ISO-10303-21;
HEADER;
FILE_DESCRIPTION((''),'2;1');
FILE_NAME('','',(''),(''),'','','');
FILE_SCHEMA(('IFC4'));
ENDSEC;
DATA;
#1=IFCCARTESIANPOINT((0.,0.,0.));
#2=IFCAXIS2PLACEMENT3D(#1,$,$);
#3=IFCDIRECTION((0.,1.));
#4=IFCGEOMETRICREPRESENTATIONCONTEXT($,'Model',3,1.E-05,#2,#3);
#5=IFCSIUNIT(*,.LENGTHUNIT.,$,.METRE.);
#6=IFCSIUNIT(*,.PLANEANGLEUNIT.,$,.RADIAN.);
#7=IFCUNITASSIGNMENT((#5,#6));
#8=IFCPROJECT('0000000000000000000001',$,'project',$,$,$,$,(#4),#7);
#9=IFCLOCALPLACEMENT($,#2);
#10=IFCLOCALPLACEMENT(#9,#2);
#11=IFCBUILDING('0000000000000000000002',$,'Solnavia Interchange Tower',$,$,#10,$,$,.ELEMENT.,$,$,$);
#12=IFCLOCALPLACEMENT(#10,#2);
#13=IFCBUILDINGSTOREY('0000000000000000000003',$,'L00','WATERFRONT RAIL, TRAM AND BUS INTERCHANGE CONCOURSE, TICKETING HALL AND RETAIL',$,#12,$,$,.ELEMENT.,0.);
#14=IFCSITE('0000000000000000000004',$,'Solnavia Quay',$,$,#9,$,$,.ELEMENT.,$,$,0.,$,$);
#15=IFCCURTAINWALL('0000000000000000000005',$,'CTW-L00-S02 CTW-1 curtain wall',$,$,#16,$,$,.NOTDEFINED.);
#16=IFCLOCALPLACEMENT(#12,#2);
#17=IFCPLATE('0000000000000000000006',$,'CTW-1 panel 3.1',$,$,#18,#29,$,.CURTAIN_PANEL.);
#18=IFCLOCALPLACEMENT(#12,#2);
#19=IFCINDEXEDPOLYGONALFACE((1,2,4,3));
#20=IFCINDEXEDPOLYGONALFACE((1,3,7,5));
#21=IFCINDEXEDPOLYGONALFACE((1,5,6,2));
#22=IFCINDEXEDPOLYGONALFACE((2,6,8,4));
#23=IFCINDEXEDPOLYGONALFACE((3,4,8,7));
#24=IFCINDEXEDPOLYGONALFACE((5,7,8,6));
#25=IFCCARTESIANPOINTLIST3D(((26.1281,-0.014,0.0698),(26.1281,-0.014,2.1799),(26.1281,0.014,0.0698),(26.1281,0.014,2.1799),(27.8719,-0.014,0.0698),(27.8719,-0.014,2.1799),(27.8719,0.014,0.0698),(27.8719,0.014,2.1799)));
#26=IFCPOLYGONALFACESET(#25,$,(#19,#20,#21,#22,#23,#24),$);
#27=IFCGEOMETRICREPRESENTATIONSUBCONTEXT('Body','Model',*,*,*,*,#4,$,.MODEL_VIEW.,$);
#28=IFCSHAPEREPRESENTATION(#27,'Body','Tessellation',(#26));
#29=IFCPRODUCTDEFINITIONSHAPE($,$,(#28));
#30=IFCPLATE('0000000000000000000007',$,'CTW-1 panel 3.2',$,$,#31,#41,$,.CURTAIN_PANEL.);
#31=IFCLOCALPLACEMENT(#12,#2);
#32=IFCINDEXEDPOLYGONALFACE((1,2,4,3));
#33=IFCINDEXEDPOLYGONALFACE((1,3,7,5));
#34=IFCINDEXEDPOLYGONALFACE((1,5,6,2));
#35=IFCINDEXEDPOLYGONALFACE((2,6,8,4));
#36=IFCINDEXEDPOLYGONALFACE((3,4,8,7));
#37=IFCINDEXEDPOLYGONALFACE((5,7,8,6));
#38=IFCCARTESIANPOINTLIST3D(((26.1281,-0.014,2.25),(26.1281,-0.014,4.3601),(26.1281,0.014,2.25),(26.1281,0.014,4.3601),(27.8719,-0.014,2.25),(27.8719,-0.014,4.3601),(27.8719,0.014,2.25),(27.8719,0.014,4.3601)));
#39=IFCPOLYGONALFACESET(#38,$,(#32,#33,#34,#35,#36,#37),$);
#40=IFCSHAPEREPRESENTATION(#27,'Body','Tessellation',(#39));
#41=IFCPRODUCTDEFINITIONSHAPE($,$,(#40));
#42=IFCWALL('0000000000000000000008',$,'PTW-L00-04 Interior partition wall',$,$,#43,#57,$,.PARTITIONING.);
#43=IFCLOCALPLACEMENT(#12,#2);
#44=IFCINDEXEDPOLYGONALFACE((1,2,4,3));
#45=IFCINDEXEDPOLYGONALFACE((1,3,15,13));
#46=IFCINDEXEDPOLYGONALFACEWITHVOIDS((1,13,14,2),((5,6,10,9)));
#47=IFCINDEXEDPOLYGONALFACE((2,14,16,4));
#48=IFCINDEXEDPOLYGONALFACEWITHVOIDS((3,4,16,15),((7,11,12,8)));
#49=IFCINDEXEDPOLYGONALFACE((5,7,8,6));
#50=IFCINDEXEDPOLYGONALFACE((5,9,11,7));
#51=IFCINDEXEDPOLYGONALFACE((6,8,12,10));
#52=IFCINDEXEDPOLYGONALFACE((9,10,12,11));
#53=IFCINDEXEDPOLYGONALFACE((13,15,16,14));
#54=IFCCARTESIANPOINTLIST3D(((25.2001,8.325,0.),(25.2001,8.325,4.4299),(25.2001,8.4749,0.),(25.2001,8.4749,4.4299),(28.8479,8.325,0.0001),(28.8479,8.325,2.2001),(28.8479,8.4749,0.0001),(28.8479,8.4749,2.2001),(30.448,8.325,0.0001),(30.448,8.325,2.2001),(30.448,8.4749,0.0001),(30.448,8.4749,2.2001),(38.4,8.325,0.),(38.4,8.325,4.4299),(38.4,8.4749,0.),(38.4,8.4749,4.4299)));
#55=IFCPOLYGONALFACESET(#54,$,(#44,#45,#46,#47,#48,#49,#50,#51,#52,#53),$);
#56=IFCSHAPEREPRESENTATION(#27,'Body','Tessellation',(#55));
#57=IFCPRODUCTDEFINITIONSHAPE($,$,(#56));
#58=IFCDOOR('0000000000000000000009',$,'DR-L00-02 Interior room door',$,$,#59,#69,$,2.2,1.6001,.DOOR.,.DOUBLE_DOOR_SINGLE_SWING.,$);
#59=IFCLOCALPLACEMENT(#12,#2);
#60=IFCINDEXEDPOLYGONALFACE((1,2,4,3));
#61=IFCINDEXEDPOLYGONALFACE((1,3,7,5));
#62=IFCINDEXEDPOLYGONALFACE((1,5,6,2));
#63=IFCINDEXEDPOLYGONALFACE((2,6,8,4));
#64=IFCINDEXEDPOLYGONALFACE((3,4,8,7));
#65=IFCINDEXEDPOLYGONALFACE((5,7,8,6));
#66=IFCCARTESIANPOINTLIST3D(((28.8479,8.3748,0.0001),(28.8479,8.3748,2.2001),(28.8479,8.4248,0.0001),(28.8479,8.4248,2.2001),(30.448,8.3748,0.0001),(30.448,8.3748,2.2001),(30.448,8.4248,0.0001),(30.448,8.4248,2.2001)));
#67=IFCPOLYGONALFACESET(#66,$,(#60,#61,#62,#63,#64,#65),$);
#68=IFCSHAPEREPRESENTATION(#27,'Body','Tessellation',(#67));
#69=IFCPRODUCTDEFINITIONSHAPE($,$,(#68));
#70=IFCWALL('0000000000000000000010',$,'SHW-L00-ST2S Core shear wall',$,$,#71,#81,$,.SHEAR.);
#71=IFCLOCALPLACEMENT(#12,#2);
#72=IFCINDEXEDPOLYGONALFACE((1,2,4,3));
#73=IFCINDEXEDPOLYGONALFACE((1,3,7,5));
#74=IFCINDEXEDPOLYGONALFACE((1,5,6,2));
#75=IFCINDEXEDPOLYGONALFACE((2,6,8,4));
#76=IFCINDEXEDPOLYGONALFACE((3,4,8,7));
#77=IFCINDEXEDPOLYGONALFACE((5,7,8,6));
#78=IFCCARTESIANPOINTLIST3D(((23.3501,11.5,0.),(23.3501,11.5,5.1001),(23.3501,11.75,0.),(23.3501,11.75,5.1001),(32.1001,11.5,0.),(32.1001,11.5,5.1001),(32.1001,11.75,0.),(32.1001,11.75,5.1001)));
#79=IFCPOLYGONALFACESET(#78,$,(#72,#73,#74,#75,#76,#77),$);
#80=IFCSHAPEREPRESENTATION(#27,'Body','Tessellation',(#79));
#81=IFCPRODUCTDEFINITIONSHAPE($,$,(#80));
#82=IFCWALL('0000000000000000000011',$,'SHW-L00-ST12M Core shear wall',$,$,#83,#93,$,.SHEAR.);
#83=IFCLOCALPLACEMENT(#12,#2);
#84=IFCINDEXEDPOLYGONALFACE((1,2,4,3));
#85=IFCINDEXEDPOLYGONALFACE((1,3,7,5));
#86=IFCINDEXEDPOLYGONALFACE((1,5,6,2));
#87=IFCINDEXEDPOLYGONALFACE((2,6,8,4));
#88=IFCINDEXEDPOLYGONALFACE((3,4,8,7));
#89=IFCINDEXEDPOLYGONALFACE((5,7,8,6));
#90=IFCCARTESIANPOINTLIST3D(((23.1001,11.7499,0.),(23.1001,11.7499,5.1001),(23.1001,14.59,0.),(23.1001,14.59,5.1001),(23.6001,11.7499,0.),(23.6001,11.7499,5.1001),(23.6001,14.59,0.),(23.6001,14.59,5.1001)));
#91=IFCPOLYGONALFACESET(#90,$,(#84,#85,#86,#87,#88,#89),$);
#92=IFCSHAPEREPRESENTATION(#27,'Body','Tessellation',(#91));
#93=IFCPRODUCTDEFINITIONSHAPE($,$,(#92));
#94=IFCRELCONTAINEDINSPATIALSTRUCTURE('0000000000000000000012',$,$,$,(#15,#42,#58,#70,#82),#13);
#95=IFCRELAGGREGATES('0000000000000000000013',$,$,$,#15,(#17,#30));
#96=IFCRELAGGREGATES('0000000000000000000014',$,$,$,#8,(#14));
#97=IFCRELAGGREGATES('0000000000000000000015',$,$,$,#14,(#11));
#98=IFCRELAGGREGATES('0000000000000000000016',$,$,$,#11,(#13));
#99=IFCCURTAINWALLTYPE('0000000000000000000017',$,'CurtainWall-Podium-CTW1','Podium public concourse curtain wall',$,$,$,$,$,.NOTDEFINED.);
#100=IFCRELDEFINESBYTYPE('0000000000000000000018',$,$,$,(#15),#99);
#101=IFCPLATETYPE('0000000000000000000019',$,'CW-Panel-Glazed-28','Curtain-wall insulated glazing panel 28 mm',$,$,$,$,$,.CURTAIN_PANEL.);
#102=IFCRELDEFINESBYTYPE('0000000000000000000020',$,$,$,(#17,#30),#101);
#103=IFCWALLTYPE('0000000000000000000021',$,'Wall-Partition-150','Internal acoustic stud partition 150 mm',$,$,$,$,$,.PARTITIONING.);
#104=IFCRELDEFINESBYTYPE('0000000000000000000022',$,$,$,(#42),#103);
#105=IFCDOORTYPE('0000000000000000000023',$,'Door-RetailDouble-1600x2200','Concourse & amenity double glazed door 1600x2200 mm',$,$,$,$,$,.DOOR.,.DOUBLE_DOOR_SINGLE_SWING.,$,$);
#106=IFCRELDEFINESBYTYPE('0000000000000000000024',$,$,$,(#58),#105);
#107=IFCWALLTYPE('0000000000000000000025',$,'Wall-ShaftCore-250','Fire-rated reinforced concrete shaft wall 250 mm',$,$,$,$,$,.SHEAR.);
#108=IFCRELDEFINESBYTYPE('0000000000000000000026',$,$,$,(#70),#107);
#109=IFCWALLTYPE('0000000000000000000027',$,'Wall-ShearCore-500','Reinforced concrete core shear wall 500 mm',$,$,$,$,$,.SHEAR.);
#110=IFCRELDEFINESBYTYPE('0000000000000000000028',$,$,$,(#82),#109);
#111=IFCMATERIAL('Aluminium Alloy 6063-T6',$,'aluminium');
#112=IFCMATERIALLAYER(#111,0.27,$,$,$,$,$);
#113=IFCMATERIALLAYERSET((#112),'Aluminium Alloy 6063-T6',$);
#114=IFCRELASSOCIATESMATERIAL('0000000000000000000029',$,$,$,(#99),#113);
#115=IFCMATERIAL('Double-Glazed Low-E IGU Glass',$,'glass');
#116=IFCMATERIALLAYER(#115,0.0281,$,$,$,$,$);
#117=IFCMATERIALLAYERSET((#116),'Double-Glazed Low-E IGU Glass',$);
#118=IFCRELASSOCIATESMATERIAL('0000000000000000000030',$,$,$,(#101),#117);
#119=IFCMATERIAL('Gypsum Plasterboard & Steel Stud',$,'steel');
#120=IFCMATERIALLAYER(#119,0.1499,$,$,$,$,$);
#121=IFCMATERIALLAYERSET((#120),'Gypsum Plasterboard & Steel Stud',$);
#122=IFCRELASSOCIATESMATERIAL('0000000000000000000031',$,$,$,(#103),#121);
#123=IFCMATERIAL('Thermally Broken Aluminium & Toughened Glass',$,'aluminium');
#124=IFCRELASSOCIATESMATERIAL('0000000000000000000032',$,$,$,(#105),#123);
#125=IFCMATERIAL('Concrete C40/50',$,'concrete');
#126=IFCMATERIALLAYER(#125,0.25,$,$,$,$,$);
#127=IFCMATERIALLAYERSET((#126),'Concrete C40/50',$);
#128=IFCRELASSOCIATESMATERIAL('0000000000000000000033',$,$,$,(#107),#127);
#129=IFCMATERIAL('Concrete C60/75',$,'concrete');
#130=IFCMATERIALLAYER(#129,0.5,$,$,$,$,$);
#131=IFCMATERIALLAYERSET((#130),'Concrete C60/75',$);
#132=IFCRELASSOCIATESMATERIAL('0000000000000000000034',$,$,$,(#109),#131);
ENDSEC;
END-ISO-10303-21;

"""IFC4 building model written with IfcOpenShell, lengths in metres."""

from ifc_helpers import new_model, si_unit, direction, frame, frame_2d, origin, origin_2d, place, context, subcontext, project, spatial, rectangle, extrude, material, layer, layer_set, type_object, element, fill, aggregate, save


model = new_model("IFC4")

# Units and contexts
model_context = context("Model", 3, precision=1e-05, world=origin(), true_north=direction((0.0, 1.0)))
body_context = subcontext(model_context, "Body", "Model", "MODEL_VIEW")
ifc_project = project(units=[si_unit("LENGTHUNIT", "METRE"), si_unit("PLANEANGLEUNIT", "RADIAN")], contexts=[model_context])

# Site, building, storey
site_placement = place(None, origin())
site = spatial("IfcSite", under=ifc_project, at=site_placement, Name="Solnavia Quay", CompositionType="ELEMENT", RefElevation=0.0)
building_placement = place(site_placement, origin())
building = spatial("IfcBuilding", under=site, at=building_placement, Name="Solnavia Interchange Tower", CompositionType="ELEMENT")
storey_placement = place(building_placement, origin())
storey = spatial("IfcBuildingStorey", under=building, at=storey_placement, Name="L00", Description="WATERFRONT RAIL, TRAM AND BUS INTERCHANGE CONCOURSE, TICKETING HALL AND RETAIL", CompositionType="ELEMENT", Elevation=0.0)

# Shared definitions
ifc_material_1 = material(Name="Concrete C60/75", Category="concrete")

# Curtain wall, plates
ifc_material_2 = material(Name="Aluminium Alloy 6063-T6", Category="aluminium")
ifc_layer_1 = layer(ifc_material_2, 0.27)
ifc_layer_set_1 = layer_set([ifc_layer_1], Name="Aluminium Alloy 6063-T6")
curtain_wall_type = type_object("IfcCurtainWallType", Name="CurtainWall-Podium-CTW1", Description="Podium public concourse curtain wall", PredefinedType="NOTDEFINED", material=ifc_layer_set_1)
curtain_wall_placement = place(storey_placement, origin())
curtain_wall = element("IfcCurtainWall", 1, at=curtain_wall_placement, inside=storey, type_object=curtain_wall_type, Name="CTW-L00-S02 CTW-1 curtain wall", PredefinedType="NOTDEFINED")
ifc_material_3 = material(Name="Double-Glazed Low-E IGU Glass", Category="glass")
ifc_layer_2 = layer(ifc_material_3, 0.0281)
ifc_layer_set_2 = layer_set([ifc_layer_2], Name="Double-Glazed Low-E IGU Glass")
plate_type = type_object("IfcPlateType", Name="CW-Panel-Glazed-28", Description="Curtain-wall insulated glazing panel 28 mm", PredefinedType="CURTAIN_PANEL", material=ifc_layer_set_2)
plate_1_placement = place(storey_placement, frame((27.0, 0.0, 0.0698), z_axis=(0.0, 0.0, 1.0), x_axis=(-1.0, 0.0, 0.0)))
plate_1 = element("IfcPlate", 2, at=plate_1_placement, type_object=plate_type, Name="CTW-1 panel 3.1", PredefinedType="CURTAIN_PANEL", context=body_context, shape_type="SweptSolid", body=[
    extrude(rectangle(XDim=1.7439, YDim=0.0281, at=origin_2d()), origin(), (0.0, 0.0, 1.0), 2.1101),
])
plate_2_placement = place(storey_placement, frame((27.0, 0.0, 2.25), z_axis=(0.0, 0.0, 1.0), x_axis=(-1.0, 0.0, 0.0)))
plate_2 = element("IfcPlate", 3, at=plate_2_placement, type_object=plate_type, Name="CTW-1 panel 3.2", PredefinedType="CURTAIN_PANEL", context=body_context, shape_type="SweptSolid", body=[
    extrude(rectangle(XDim=1.7439, YDim=0.0281, at=origin_2d()), origin(), (0.0, 0.0, 1.0), 2.1101),
])
aggregate(curtain_wall, [plate_1, plate_2])

# Wall, opening, door
ifc_material_4 = material(Name="Gypsum Plasterboard & Steel Stud", Category="steel")
ifc_layer_3 = layer(ifc_material_4, 0.1499)
ifc_layer_set_3 = layer_set([ifc_layer_3], Name="Gypsum Plasterboard & Steel Stud")
wall_type_1 = type_object("IfcWallType", Name="Wall-Partition-150", Description="Internal acoustic stud partition 150 mm", PredefinedType="PARTITIONING", material=ifc_layer_set_3)
wall_1_placement = place(storey_placement, frame((25.2, 8.3999, 0.0), z_axis=(0.0, 0.0, 1.0), x_axis=(1.0, 0.0, 0.0)))
wall_1 = element("IfcWall", 4, at=wall_1_placement, inside=storey, type_object=wall_type_1, Name="PTW-L00-04 Interior partition wall", PredefinedType="PARTITIONING", context=body_context, shape_type="SweptSolid", body=[
    extrude(rectangle(XDim=13.2, YDim=0.1499, at=frame_2d((6.6001, 0.0))), origin(), (0.0, 0.0, 1.0), 4.4299),
])
opening_placement = place(wall_1_placement, frame((3.6479, 0.0, 0.0)))
opening = element("IfcOpeningElement", 5, at=opening_placement, cuts=wall_1, PredefinedType="OPENING", context=body_context, shape_type="SweptSolid", body=[
    extrude(rectangle(XDim=1.6001, YDim=2.2, at=frame_2d((0.8, 1.1001))), frame((0.0, 0.085, 0.0), z_axis=(0.0, -1.0, 0.0), x_axis=(1.0, 0.0, 0.0)), (0.0, 0.0, 1.0), 0.1699),
])
ifc_material_5 = material(Name="Thermally Broken Aluminium & Toughened Glass", Category="aluminium")
door_type = type_object("IfcDoorType", Name="Door-RetailDouble-1600x2200", Description="Concourse & amenity double glazed door 1600x2200 mm", OperationType="DOUBLE_DOOR_SINGLE_SWING", PredefinedType="DOOR", material=ifc_material_5)
door_placement = place(opening_placement, origin())
door = element("IfcDoor", 6, at=door_placement, inside=storey, type_object=door_type, Name="DR-L00-02 Interior room door", OperationType="DOUBLE_DOOR_SINGLE_SWING", OverallHeight=2.2, OverallWidth=1.6001, PredefinedType="DOOR", context=body_context, shape_type="SweptSolid", body=[
    extrude(rectangle(XDim=1.6001, YDim=2.2, at=frame_2d((0.8, 1.1001))), frame((0.0, 0.0249, 0.0), z_axis=(0.0, -1.0, 0.0), x_axis=(1.0, 0.0, 0.0)), (0.0, 0.0, 1.0), 0.05),
])
fill(opening, door)

# Walls
ifc_material_6 = material(Name="Concrete C40/50", Category="concrete")
ifc_layer_4 = layer(ifc_material_6, 0.25)
ifc_layer_set_4 = layer_set([ifc_layer_4], Name="Concrete C40/50")
wall_type_2 = type_object("IfcWallType", Name="Wall-ShaftCore-250", Description="Fire-rated reinforced concrete shaft wall 250 mm", PredefinedType="SHEAR", material=ifc_layer_set_4)
wall_2_placement = place(storey_placement, frame((23.3501, 11.625, 0.0), z_axis=(0.0, 0.0, 1.0), x_axis=(1.0, 0.0, 0.0)))
element("IfcWall", 7, at=wall_2_placement, inside=storey, type_object=wall_type_2, Name="SHW-L00-ST2S Core shear wall", PredefinedType="SHEAR", context=body_context, shape_type="SweptSolid", body=[
    extrude(rectangle(XDim=8.75, YDim=0.25, at=frame_2d((4.375, 0.0))), origin(), (0.0, 0.0, 1.0), 5.1001),
])
ifc_layer_5 = layer(ifc_material_1, 0.5)
ifc_layer_set_5 = layer_set([ifc_layer_5], Name="Concrete C60/75")
wall_type_3 = type_object("IfcWallType", Name="Wall-ShearCore-500", Description="Reinforced concrete core shear wall 500 mm", PredefinedType="SHEAR", material=ifc_layer_set_5)
wall_3_placement = place(storey_placement, frame((23.3501, 11.75, 0.0), z_axis=(0.0, 0.0, 1.0), x_axis=(0.0, 1.0, 0.0)))
element("IfcWall", 8, at=wall_3_placement, inside=storey, type_object=wall_type_3, Name="SHW-L00-ST12M Core shear wall", PredefinedType="SHEAR", context=body_context, shape_type="SweptSolid", body=[
    extrude(rectangle(XDim=2.8401, YDim=0.5, at=frame_2d((1.4199, 0.0))), origin(), (0.0, 0.0, 1.0), 5.1001),
])

save(model, "model.ifc")
